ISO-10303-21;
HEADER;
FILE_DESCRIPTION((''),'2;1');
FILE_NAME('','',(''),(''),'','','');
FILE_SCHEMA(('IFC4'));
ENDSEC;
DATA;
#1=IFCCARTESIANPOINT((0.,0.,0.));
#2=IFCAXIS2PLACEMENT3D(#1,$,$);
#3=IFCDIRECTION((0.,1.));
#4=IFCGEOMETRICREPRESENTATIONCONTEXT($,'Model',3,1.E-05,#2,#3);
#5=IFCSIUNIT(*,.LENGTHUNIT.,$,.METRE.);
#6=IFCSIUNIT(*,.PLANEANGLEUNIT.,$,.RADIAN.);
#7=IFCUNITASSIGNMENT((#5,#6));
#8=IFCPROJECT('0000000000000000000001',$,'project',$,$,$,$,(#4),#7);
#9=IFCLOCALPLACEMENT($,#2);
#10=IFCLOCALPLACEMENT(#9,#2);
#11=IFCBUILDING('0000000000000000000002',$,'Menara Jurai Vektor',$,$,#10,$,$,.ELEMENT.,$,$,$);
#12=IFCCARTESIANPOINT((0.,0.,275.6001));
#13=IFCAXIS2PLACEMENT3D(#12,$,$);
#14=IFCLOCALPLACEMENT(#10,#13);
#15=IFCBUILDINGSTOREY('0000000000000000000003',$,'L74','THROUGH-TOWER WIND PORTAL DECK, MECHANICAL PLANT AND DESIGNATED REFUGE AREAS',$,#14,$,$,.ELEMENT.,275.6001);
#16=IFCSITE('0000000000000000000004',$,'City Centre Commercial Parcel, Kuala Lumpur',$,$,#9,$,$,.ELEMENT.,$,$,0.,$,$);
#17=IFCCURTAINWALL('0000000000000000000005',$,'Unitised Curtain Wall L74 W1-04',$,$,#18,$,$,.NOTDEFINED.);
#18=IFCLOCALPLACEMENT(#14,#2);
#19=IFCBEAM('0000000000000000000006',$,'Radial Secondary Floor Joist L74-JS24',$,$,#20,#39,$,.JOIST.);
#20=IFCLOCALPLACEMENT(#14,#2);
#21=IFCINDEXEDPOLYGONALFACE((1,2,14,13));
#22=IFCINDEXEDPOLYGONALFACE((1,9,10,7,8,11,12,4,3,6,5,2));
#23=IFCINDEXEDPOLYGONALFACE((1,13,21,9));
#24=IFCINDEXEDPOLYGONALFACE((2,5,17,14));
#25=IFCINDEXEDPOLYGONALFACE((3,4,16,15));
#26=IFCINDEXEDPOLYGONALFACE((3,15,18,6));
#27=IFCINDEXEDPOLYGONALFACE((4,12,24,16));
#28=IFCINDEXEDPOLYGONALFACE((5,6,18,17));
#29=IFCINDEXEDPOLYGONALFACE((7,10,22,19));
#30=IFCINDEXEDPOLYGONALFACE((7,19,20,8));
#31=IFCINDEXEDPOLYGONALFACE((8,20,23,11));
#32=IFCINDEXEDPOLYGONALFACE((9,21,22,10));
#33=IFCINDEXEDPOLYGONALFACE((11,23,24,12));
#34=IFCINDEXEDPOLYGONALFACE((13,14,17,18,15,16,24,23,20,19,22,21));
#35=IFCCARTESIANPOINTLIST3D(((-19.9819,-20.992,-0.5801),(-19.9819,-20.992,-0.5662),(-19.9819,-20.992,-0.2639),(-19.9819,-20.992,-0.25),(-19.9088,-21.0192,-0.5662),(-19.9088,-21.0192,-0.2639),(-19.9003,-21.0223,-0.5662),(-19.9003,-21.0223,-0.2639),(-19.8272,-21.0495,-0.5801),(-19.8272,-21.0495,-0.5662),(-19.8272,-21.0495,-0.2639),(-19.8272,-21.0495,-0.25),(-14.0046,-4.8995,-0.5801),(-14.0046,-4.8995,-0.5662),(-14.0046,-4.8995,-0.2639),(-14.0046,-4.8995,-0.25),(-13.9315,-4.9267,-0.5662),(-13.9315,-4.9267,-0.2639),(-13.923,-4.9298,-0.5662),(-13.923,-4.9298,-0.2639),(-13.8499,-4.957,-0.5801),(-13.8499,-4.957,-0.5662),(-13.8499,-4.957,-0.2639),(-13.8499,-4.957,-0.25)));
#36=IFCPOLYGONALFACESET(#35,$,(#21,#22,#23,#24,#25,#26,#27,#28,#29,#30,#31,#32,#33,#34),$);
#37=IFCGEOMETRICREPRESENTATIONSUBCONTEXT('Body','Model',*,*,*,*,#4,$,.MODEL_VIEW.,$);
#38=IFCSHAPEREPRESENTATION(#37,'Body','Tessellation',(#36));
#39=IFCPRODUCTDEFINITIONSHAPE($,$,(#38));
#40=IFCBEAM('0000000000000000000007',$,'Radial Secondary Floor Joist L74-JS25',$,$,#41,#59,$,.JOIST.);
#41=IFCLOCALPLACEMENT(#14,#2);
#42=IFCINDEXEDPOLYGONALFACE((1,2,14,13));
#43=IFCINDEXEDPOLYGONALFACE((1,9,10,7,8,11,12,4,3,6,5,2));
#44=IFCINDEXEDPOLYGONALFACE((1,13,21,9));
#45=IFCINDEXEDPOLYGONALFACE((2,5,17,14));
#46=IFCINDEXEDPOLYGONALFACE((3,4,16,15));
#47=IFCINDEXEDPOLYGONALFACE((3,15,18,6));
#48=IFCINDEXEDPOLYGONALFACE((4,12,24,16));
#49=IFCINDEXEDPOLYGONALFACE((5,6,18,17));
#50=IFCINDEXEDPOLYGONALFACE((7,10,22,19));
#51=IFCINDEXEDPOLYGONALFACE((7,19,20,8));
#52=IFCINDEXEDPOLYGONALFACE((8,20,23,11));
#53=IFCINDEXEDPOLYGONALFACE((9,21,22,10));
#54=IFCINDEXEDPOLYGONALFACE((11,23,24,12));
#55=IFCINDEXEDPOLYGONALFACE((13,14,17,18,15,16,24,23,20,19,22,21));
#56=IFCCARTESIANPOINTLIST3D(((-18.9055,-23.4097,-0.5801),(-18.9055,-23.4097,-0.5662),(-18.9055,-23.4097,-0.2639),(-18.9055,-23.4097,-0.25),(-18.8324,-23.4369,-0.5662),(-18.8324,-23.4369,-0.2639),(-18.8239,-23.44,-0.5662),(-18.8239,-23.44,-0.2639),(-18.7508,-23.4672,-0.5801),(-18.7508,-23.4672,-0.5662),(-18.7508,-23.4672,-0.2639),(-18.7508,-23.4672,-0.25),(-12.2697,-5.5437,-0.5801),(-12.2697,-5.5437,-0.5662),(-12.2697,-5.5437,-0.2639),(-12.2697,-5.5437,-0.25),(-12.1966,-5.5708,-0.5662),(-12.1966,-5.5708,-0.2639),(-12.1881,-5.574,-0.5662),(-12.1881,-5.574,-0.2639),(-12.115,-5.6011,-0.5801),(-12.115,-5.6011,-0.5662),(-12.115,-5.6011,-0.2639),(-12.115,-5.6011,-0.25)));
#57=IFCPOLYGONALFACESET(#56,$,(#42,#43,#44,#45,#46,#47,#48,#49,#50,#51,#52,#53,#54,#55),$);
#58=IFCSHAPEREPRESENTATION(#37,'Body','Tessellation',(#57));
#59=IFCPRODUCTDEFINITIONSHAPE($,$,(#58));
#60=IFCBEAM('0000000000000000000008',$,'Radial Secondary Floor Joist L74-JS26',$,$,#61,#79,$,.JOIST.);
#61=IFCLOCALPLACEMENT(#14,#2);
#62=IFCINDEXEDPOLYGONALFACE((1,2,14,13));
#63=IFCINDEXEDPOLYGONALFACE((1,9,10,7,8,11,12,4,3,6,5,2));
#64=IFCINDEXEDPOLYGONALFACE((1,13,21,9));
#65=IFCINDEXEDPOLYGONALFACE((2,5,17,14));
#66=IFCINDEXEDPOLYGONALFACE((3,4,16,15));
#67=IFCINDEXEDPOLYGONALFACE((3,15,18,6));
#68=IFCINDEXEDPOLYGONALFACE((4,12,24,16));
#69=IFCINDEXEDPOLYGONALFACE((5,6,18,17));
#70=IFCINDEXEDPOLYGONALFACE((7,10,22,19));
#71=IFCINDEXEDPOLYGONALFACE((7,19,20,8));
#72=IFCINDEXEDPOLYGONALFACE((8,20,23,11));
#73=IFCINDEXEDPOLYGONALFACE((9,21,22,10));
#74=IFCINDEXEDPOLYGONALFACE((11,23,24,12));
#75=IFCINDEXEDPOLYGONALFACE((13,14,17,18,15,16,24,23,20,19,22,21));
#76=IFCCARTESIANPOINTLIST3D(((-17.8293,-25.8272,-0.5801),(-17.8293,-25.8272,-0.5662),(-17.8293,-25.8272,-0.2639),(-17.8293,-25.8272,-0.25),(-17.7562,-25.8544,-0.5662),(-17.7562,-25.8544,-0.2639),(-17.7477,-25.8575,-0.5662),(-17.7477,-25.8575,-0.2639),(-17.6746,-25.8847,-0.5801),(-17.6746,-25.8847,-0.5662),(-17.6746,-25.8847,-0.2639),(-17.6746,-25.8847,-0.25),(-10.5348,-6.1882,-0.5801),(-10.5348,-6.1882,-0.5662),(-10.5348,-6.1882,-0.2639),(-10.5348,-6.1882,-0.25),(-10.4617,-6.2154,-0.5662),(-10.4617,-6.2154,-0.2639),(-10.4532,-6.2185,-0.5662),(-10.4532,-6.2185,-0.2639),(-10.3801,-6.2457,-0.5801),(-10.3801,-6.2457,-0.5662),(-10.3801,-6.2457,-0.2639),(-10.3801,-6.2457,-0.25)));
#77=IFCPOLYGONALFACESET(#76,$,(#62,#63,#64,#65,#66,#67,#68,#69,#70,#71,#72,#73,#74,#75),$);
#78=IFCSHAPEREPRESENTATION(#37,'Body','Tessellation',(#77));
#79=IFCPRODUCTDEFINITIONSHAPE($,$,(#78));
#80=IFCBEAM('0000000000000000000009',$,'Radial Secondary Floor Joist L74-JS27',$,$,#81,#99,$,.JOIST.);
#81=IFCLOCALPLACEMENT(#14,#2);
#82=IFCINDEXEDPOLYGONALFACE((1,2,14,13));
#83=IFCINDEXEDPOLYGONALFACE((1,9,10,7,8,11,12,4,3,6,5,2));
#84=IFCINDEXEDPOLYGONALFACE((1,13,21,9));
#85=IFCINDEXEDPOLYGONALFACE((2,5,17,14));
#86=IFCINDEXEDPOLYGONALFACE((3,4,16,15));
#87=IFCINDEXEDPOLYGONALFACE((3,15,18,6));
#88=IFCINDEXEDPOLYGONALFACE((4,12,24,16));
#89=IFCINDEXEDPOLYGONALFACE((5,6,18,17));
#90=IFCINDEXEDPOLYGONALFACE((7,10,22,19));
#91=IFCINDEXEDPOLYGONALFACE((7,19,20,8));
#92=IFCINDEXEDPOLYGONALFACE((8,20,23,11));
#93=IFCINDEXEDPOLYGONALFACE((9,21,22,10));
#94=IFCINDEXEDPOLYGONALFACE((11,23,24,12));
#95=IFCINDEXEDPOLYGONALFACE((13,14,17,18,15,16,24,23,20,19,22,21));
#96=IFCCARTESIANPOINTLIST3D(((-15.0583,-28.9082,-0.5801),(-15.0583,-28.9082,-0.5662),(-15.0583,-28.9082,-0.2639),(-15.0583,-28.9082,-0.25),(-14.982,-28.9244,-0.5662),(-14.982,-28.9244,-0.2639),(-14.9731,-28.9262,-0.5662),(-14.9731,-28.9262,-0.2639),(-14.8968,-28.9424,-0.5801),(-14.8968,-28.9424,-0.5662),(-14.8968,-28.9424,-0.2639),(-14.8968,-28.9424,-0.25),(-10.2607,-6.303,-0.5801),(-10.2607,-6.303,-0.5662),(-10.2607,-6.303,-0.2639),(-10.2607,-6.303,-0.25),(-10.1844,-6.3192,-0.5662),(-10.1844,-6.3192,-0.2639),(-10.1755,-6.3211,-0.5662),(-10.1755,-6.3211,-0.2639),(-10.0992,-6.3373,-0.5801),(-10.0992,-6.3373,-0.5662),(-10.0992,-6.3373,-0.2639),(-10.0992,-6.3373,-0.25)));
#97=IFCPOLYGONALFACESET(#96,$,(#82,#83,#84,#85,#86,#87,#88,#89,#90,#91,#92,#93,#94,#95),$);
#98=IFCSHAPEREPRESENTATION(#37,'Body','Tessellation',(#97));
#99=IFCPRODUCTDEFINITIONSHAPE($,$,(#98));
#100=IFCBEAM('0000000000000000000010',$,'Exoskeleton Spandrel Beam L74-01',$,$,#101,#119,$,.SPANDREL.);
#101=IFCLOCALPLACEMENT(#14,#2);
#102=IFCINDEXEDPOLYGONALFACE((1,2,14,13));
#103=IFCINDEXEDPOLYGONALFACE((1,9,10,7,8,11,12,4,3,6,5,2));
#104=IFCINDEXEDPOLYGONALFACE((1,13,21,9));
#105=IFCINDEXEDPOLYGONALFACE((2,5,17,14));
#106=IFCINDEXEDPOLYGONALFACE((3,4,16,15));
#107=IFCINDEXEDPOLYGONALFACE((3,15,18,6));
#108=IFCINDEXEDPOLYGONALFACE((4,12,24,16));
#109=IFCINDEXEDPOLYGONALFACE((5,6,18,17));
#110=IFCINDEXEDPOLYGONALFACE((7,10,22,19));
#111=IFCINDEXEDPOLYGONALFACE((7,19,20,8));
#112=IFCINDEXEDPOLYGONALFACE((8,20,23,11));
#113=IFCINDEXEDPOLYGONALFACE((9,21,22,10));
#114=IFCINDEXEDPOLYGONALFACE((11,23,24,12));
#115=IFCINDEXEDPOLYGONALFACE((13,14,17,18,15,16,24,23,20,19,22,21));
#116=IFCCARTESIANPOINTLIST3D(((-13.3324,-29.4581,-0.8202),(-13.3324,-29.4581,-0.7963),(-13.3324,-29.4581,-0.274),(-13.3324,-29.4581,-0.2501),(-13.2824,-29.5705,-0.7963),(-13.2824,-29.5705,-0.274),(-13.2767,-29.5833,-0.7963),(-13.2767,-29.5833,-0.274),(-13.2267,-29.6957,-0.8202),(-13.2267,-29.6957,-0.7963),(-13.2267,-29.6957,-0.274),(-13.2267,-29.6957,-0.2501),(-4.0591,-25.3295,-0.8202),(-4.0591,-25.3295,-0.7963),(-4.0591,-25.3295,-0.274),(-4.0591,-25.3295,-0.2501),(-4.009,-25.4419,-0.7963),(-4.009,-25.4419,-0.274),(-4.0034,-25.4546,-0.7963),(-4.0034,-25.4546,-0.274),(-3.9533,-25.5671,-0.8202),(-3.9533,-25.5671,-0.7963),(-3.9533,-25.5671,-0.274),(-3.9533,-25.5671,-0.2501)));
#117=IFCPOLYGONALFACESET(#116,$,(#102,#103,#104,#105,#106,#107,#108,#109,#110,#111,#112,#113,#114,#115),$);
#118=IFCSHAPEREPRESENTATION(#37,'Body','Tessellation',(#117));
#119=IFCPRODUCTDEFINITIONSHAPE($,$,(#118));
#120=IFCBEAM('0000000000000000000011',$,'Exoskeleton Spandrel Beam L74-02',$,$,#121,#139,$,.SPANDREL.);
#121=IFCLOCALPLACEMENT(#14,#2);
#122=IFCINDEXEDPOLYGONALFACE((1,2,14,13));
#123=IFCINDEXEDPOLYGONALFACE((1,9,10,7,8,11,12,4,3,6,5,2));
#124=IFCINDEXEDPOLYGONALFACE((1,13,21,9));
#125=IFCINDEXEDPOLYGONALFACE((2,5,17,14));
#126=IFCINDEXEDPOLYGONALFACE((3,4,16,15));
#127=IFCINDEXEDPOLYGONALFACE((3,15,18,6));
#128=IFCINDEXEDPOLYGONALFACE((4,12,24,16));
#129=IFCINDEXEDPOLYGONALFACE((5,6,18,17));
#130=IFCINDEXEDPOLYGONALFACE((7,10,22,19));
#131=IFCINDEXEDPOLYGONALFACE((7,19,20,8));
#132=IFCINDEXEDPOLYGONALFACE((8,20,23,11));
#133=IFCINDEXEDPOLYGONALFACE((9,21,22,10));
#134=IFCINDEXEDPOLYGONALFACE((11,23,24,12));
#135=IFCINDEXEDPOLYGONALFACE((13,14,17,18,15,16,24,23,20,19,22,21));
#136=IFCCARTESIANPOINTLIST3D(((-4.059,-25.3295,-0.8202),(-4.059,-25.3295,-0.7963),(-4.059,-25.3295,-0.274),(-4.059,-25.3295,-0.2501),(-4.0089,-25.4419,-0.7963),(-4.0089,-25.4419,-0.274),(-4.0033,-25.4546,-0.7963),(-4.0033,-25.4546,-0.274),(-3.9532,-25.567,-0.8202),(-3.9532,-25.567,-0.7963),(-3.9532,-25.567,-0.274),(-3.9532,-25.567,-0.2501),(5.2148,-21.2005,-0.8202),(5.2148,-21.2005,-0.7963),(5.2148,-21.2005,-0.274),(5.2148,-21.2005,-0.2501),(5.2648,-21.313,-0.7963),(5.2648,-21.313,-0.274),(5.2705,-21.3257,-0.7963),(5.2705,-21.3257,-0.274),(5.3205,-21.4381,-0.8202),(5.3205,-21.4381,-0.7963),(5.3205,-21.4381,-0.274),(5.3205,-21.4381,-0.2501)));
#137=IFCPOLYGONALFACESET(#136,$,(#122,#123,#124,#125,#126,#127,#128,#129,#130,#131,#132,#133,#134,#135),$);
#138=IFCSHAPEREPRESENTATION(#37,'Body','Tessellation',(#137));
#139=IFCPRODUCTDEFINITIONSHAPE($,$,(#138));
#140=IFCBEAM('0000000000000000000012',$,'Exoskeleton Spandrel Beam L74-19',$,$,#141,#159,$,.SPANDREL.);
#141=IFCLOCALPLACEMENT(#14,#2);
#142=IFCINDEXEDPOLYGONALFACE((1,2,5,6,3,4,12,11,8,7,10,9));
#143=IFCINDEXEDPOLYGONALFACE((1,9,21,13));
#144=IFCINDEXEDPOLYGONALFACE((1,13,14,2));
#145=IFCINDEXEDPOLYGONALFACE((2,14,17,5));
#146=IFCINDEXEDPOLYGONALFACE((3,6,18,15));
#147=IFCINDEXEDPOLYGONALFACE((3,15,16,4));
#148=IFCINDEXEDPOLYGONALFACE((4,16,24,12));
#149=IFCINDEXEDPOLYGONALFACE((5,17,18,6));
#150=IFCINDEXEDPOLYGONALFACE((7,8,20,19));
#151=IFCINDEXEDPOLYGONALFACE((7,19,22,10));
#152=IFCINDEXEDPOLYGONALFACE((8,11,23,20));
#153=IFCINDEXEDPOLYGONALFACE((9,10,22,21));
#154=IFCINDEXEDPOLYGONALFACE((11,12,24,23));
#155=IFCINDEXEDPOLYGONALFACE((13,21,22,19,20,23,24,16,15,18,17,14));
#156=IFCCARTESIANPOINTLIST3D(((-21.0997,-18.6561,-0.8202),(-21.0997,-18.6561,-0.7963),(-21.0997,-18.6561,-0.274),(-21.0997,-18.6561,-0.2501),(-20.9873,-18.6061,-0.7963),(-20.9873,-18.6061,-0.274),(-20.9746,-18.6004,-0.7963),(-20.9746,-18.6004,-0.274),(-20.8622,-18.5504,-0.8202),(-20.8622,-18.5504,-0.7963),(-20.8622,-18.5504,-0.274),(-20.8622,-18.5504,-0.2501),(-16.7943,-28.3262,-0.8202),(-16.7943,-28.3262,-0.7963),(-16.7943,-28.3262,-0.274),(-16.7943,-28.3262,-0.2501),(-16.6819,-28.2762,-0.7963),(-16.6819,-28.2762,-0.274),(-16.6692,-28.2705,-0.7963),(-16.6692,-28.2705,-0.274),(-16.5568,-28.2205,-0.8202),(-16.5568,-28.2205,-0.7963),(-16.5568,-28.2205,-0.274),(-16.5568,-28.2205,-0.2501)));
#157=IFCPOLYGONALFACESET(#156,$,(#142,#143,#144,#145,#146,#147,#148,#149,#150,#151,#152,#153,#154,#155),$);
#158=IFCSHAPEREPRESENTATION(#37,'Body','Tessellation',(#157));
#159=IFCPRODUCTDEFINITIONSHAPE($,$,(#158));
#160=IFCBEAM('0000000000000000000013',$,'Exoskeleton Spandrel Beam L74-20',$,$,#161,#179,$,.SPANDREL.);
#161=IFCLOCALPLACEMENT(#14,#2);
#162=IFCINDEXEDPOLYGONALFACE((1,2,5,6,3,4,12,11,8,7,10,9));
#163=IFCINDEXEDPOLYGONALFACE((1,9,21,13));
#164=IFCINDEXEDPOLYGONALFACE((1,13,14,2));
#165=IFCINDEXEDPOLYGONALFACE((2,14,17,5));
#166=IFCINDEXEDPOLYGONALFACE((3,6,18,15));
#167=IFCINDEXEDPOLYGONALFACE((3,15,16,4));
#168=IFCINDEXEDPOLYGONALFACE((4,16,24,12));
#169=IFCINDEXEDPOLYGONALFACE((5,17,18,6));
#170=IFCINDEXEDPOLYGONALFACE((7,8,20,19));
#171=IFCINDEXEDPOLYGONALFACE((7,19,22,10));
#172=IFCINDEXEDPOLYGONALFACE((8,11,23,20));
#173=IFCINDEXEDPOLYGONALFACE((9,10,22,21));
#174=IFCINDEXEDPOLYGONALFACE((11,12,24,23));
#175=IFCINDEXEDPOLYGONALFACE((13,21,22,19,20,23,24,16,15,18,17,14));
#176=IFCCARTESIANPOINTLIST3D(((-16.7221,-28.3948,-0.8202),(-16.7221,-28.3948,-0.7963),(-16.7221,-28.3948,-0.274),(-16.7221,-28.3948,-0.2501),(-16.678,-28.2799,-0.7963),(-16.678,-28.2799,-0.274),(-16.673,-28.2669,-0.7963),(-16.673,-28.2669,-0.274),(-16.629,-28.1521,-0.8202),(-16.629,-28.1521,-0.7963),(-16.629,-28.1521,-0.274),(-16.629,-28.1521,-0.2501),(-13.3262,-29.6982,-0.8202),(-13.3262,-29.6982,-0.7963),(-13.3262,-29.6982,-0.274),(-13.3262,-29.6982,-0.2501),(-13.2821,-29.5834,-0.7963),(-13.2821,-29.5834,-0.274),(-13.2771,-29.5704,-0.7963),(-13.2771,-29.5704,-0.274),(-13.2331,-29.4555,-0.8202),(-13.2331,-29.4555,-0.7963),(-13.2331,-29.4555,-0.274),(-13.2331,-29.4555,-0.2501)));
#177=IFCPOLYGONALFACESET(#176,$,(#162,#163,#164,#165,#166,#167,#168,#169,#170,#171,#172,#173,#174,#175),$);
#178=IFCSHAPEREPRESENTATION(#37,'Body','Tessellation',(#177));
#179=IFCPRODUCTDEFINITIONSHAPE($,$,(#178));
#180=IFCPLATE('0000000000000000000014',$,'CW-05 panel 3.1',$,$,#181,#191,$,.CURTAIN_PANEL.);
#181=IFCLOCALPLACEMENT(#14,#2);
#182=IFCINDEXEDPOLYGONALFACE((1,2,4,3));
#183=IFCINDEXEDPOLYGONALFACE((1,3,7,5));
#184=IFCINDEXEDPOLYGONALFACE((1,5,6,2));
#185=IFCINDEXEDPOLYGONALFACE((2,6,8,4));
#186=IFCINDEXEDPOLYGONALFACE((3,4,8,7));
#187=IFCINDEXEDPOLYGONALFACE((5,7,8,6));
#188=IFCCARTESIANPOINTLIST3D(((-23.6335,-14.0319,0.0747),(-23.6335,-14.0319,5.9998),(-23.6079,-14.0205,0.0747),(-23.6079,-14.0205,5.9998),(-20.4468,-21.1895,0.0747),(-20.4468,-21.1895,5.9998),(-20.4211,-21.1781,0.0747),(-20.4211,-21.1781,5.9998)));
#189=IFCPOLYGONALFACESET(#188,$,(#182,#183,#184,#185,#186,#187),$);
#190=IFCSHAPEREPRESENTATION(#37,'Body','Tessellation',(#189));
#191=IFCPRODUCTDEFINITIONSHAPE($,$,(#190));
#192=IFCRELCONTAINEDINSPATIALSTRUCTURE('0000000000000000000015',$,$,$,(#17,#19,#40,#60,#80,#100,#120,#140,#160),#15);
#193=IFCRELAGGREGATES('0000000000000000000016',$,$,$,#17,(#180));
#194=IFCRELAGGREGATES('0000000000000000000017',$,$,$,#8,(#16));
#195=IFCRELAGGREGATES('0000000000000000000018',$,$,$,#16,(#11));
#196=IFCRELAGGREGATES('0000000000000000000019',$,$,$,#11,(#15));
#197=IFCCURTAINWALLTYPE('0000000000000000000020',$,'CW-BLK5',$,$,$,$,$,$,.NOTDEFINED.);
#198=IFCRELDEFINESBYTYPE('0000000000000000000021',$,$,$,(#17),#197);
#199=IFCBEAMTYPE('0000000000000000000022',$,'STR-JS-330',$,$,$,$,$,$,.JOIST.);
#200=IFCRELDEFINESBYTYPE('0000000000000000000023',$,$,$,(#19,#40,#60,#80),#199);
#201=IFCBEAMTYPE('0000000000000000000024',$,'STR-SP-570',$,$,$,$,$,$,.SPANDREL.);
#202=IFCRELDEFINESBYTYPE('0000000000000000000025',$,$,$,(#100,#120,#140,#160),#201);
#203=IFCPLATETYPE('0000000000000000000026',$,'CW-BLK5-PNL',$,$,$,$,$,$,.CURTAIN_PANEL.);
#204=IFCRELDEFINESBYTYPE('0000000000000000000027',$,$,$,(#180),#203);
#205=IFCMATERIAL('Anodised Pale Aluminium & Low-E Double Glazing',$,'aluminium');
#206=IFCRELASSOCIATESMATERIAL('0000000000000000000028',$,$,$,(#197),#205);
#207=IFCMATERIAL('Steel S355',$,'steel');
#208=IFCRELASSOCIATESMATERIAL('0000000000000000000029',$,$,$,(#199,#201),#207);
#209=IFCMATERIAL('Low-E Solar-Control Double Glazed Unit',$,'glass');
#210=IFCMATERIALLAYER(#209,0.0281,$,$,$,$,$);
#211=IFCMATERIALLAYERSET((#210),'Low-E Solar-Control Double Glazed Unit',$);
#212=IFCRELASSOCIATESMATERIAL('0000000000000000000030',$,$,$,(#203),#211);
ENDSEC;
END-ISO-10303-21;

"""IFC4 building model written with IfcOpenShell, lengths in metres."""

from ifc_helpers import new_model, si_unit, direction, frame, origin, origin_2d, place, context, subcontext, project, spatial, rectangle, i_section, extrude, material, layer, layer_set, material_profile, profile_set, type_object, element, aggregate, save


model = new_model("IFC4")

# Units and contexts
model_context = context("Model", 3, precision=1e-05, world=origin(), true_north=direction((0.0, 1.0)))
body_context = subcontext(model_context, "Body", "Model", "MODEL_VIEW")
ifc_project = project(units=[si_unit("LENGTHUNIT", "METRE"), si_unit("PLANEANGLEUNIT", "RADIAN")], contexts=[model_context])

# Site, building, storey
site_placement = place(None, origin())
site = spatial("IfcSite", under=ifc_project, at=site_placement, Name="City Centre Commercial Parcel, Kuala Lumpur", CompositionType="ELEMENT", RefElevation=0.0)
building_placement = place(site_placement, origin())
building = spatial("IfcBuilding", under=site, at=building_placement, Name="Menara Jurai Vektor", CompositionType="ELEMENT")
storey_placement = place(building_placement, frame((0.0, 0.0, 275.6001)))
storey = spatial("IfcBuildingStorey", under=building, at=storey_placement, Name="L74", Description="THROUGH-TOWER WIND PORTAL DECK, MECHANICAL PLANT AND DESIGNATED REFUGE AREAS", CompositionType="ELEMENT", Elevation=275.6001)

# Curtain wall
ifc_material_1 = material(Name="Anodised Pale Aluminium & Low-E Double Glazing", Category="aluminium")
curtain_wall_type = type_object("IfcCurtainWallType", Name="CW-BLK5", PredefinedType="NOTDEFINED", material=ifc_material_1)
curtain_wall_1_placement = place(storey_placement, origin())
curtain_wall_1 = element("IfcCurtainWall", 1, at=curtain_wall_1_placement, inside=storey, type_object=curtain_wall_type, Name="Unitised Curtain Wall L74 W1-04", PredefinedType="NOTDEFINED")

# Shared definitions
ifc_material_2 = material(Name="Steel S355", Category="steel")

# Beams
ifc_material_profile_1 = material_profile(ifc_material_2, i_section(OverallWidth=0.165, OverallDepth=0.3301, WebThickness=0.009, FlangeThickness=0.0139, at=origin_2d()), Name="PG 330x165x46")
ifc_profile_set_1 = profile_set([ifc_material_profile_1], Name="Steel S355")
beam_type_1 = type_object("IfcBeamType", Name="STR-JS-330", PredefinedType="JOIST", material=ifc_profile_set_1)
beam_1_placement = place(storey_placement, frame((-19.9045, -21.0208, -0.415), z_axis=(0.34819, 0.937424, 0.0), x_axis=(-0.937424, 0.34819, 0.0)))
element("IfcBeam", 2, at=beam_1_placement, inside=storey, type_object=beam_type_1, Name="Radial Secondary Floor Joist L74-JS24", PredefinedType="JOIST", context=body_context, shape_type="SweptSolid", body=[
    extrude(i_section(OverallWidth=0.165, OverallDepth=0.3301, WebThickness=0.009, FlangeThickness=0.0139, at=origin_2d()), origin(), (0.0, 0.0, 1.0), 17.1667),
])
beam_2_placement = place(storey_placement, frame((-18.8281, -23.4385, -0.415), z_axis=(0.348178, 0.937428, 0.0), x_axis=(-0.937428, 0.348178, 0.0)))
element("IfcBeam", 3, at=beam_2_placement, inside=storey, type_object=beam_type_1, Name="Radial Secondary Floor Joist L74-JS25", PredefinedType="JOIST", context=body_context, shape_type="SweptSolid", body=[
    extrude(i_section(OverallWidth=0.165, OverallDepth=0.3301, WebThickness=0.009, FlangeThickness=0.0139, at=origin_2d()), origin(), (0.0, 0.0, 1.0), 19.0586),
])
beam_3_placement = place(storey_placement, frame((-17.752, -25.856, -0.415), z_axis=(0.348186, 0.937426, 0.0), x_axis=(-0.937426, 0.348186, 0.0)))
element("IfcBeam", 4, at=beam_3_placement, inside=storey, type_object=beam_type_1, Name="Radial Secondary Floor Joist L74-JS26", PredefinedType="JOIST", context=body_context, shape_type="SweptSolid", body=[
    extrude(i_section(OverallWidth=0.165, OverallDepth=0.3301, WebThickness=0.009, FlangeThickness=0.0139, at=origin_2d()), origin(), (0.0, 0.0, 1.0), 20.95),
])
beam_4_placement = place(storey_placement, frame((-14.9775, -28.9253, -0.415), z_axis=(0.20761, 0.978212, 0.0), x_axis=(-0.978212, 0.20761, 0.0)))
element("IfcBeam", 5, at=beam_4_placement, inside=storey, type_object=beam_type_1, Name="Radial Secondary Floor Joist L74-JS27", PredefinedType="JOIST", context=body_context, shape_type="SweptSolid", body=[
    extrude(i_section(OverallWidth=0.165, OverallDepth=0.3301, WebThickness=0.009, FlangeThickness=0.0139, at=origin_2d()), origin(), (0.0, 0.0, 1.0), 23.1086),
])
ifc_material_profile_2 = material_profile(ifc_material_2, i_section(OverallWidth=0.26, OverallDepth=0.5701, WebThickness=0.0139, FlangeThickness=0.0239, at=origin_2d()), Name="PG 570x260x145")
ifc_profile_set_2 = profile_set([ifc_material_profile_2], Name="Steel S355")
beam_type_2 = type_object("IfcBeamType", Name="STR-SP-570", PredefinedType="SPANDREL", material=ifc_profile_set_2)
beam_5_placement = place(storey_placement, frame((-13.2795, -29.5769, -0.5352), z_axis=(0.913551, 0.406725, 0.0), x_axis=(-0.406725, 0.913551, 0.0)))
element("IfcBeam", 6, at=beam_5_placement, inside=storey, type_object=beam_type_2, Name="Exoskeleton Spandrel Beam L74-01", PredefinedType="SPANDREL", context=body_context, shape_type="SweptSolid", body=[
    extrude(i_section(OverallWidth=0.26, OverallDepth=0.5701, WebThickness=0.0139, FlangeThickness=0.0239, at=origin_2d()), origin(), (0.0, 0.0, 1.0), 10.1509),
])
beam_6_placement = place(storey_placement, frame((-4.0061, -25.4482, -0.5352), z_axis=(0.913546, 0.406736, 0.0), x_axis=(-0.406736, 0.913546, 0.0)))
element("IfcBeam", 7, at=beam_6_placement, inside=storey, type_object=beam_type_2, Name="Exoskeleton Spandrel Beam L74-02", PredefinedType="SPANDREL", context=body_context, shape_type="SweptSolid", body=[
    extrude(i_section(OverallWidth=0.26, OverallDepth=0.5701, WebThickness=0.0139, FlangeThickness=0.0239, at=origin_2d()), origin(), (0.0, 0.0, 1.0), 10.1514),
])
beam_7_placement = place(storey_placement, frame((-20.981, -18.6033, -0.5352), z_axis=(0.406735, -0.913546, 0.0), x_axis=(0.913546, 0.406735, 0.0)))
element("IfcBeam", 8, at=beam_7_placement, inside=storey, type_object=beam_type_2, Name="Exoskeleton Spandrel Beam L74-19", PredefinedType="SPANDREL", context=body_context, shape_type="SweptSolid", body=[
    extrude(i_section(OverallWidth=0.26, OverallDepth=0.5701, WebThickness=0.0139, FlangeThickness=0.0239, at=origin_2d()), origin(), (0.0, 0.0, 1.0), 10.5852),
])
beam_8_placement = place(storey_placement, frame((-16.6755, -28.2734, -0.5352), z_axis=(0.933593, -0.358336, 0.0), x_axis=(0.358336, 0.933593, 0.0)))
element("IfcBeam", 9, at=beam_8_placement, inside=storey, type_object=beam_type_2, Name="Exoskeleton Spandrel Beam L74-20", PredefinedType="SPANDREL", context=body_context, shape_type="SweptSolid", body=[
    extrude(i_section(OverallWidth=0.26, OverallDepth=0.5701, WebThickness=0.0139, FlangeThickness=0.0239, at=origin_2d()), origin(), (0.0, 0.0, 1.0), 3.6375),
])

# Plate
ifc_material_3 = material(Name="Low-E Solar-Control Double Glazed Unit", Category="glass")
ifc_layer_1 = layer(ifc_material_3, 0.0281)
ifc_layer_set_1 = layer_set([ifc_layer_1], Name="Low-E Solar-Control Double Glazed Unit")
plate_type_1 = type_object("IfcPlateType", Name="CW-BLK5-PNL", PredefinedType="CURTAIN_PANEL", material=ifc_layer_set_1)
plate_1_placement = place(storey_placement, frame((-22.0273, -17.605, 0.0747), z_axis=(0.0, 0.0, 1.0), x_axis=(0.406735, -0.913546, 0.0)))
plate_1 = element("IfcPlate", 10, at=plate_1_placement, type_object=plate_type_1, Name="CW-05 panel 3.1", PredefinedType="CURTAIN_PANEL", context=body_context, shape_type="SweptSolid", body=[
    extrude(rectangle(XDim=7.835, YDim=0.0281, at=origin_2d()), origin(), (0.0, 0.0, 1.0), 5.925),
])
aggregate(curtain_wall_1, [plate_1])

save(model, "model.ifc")
